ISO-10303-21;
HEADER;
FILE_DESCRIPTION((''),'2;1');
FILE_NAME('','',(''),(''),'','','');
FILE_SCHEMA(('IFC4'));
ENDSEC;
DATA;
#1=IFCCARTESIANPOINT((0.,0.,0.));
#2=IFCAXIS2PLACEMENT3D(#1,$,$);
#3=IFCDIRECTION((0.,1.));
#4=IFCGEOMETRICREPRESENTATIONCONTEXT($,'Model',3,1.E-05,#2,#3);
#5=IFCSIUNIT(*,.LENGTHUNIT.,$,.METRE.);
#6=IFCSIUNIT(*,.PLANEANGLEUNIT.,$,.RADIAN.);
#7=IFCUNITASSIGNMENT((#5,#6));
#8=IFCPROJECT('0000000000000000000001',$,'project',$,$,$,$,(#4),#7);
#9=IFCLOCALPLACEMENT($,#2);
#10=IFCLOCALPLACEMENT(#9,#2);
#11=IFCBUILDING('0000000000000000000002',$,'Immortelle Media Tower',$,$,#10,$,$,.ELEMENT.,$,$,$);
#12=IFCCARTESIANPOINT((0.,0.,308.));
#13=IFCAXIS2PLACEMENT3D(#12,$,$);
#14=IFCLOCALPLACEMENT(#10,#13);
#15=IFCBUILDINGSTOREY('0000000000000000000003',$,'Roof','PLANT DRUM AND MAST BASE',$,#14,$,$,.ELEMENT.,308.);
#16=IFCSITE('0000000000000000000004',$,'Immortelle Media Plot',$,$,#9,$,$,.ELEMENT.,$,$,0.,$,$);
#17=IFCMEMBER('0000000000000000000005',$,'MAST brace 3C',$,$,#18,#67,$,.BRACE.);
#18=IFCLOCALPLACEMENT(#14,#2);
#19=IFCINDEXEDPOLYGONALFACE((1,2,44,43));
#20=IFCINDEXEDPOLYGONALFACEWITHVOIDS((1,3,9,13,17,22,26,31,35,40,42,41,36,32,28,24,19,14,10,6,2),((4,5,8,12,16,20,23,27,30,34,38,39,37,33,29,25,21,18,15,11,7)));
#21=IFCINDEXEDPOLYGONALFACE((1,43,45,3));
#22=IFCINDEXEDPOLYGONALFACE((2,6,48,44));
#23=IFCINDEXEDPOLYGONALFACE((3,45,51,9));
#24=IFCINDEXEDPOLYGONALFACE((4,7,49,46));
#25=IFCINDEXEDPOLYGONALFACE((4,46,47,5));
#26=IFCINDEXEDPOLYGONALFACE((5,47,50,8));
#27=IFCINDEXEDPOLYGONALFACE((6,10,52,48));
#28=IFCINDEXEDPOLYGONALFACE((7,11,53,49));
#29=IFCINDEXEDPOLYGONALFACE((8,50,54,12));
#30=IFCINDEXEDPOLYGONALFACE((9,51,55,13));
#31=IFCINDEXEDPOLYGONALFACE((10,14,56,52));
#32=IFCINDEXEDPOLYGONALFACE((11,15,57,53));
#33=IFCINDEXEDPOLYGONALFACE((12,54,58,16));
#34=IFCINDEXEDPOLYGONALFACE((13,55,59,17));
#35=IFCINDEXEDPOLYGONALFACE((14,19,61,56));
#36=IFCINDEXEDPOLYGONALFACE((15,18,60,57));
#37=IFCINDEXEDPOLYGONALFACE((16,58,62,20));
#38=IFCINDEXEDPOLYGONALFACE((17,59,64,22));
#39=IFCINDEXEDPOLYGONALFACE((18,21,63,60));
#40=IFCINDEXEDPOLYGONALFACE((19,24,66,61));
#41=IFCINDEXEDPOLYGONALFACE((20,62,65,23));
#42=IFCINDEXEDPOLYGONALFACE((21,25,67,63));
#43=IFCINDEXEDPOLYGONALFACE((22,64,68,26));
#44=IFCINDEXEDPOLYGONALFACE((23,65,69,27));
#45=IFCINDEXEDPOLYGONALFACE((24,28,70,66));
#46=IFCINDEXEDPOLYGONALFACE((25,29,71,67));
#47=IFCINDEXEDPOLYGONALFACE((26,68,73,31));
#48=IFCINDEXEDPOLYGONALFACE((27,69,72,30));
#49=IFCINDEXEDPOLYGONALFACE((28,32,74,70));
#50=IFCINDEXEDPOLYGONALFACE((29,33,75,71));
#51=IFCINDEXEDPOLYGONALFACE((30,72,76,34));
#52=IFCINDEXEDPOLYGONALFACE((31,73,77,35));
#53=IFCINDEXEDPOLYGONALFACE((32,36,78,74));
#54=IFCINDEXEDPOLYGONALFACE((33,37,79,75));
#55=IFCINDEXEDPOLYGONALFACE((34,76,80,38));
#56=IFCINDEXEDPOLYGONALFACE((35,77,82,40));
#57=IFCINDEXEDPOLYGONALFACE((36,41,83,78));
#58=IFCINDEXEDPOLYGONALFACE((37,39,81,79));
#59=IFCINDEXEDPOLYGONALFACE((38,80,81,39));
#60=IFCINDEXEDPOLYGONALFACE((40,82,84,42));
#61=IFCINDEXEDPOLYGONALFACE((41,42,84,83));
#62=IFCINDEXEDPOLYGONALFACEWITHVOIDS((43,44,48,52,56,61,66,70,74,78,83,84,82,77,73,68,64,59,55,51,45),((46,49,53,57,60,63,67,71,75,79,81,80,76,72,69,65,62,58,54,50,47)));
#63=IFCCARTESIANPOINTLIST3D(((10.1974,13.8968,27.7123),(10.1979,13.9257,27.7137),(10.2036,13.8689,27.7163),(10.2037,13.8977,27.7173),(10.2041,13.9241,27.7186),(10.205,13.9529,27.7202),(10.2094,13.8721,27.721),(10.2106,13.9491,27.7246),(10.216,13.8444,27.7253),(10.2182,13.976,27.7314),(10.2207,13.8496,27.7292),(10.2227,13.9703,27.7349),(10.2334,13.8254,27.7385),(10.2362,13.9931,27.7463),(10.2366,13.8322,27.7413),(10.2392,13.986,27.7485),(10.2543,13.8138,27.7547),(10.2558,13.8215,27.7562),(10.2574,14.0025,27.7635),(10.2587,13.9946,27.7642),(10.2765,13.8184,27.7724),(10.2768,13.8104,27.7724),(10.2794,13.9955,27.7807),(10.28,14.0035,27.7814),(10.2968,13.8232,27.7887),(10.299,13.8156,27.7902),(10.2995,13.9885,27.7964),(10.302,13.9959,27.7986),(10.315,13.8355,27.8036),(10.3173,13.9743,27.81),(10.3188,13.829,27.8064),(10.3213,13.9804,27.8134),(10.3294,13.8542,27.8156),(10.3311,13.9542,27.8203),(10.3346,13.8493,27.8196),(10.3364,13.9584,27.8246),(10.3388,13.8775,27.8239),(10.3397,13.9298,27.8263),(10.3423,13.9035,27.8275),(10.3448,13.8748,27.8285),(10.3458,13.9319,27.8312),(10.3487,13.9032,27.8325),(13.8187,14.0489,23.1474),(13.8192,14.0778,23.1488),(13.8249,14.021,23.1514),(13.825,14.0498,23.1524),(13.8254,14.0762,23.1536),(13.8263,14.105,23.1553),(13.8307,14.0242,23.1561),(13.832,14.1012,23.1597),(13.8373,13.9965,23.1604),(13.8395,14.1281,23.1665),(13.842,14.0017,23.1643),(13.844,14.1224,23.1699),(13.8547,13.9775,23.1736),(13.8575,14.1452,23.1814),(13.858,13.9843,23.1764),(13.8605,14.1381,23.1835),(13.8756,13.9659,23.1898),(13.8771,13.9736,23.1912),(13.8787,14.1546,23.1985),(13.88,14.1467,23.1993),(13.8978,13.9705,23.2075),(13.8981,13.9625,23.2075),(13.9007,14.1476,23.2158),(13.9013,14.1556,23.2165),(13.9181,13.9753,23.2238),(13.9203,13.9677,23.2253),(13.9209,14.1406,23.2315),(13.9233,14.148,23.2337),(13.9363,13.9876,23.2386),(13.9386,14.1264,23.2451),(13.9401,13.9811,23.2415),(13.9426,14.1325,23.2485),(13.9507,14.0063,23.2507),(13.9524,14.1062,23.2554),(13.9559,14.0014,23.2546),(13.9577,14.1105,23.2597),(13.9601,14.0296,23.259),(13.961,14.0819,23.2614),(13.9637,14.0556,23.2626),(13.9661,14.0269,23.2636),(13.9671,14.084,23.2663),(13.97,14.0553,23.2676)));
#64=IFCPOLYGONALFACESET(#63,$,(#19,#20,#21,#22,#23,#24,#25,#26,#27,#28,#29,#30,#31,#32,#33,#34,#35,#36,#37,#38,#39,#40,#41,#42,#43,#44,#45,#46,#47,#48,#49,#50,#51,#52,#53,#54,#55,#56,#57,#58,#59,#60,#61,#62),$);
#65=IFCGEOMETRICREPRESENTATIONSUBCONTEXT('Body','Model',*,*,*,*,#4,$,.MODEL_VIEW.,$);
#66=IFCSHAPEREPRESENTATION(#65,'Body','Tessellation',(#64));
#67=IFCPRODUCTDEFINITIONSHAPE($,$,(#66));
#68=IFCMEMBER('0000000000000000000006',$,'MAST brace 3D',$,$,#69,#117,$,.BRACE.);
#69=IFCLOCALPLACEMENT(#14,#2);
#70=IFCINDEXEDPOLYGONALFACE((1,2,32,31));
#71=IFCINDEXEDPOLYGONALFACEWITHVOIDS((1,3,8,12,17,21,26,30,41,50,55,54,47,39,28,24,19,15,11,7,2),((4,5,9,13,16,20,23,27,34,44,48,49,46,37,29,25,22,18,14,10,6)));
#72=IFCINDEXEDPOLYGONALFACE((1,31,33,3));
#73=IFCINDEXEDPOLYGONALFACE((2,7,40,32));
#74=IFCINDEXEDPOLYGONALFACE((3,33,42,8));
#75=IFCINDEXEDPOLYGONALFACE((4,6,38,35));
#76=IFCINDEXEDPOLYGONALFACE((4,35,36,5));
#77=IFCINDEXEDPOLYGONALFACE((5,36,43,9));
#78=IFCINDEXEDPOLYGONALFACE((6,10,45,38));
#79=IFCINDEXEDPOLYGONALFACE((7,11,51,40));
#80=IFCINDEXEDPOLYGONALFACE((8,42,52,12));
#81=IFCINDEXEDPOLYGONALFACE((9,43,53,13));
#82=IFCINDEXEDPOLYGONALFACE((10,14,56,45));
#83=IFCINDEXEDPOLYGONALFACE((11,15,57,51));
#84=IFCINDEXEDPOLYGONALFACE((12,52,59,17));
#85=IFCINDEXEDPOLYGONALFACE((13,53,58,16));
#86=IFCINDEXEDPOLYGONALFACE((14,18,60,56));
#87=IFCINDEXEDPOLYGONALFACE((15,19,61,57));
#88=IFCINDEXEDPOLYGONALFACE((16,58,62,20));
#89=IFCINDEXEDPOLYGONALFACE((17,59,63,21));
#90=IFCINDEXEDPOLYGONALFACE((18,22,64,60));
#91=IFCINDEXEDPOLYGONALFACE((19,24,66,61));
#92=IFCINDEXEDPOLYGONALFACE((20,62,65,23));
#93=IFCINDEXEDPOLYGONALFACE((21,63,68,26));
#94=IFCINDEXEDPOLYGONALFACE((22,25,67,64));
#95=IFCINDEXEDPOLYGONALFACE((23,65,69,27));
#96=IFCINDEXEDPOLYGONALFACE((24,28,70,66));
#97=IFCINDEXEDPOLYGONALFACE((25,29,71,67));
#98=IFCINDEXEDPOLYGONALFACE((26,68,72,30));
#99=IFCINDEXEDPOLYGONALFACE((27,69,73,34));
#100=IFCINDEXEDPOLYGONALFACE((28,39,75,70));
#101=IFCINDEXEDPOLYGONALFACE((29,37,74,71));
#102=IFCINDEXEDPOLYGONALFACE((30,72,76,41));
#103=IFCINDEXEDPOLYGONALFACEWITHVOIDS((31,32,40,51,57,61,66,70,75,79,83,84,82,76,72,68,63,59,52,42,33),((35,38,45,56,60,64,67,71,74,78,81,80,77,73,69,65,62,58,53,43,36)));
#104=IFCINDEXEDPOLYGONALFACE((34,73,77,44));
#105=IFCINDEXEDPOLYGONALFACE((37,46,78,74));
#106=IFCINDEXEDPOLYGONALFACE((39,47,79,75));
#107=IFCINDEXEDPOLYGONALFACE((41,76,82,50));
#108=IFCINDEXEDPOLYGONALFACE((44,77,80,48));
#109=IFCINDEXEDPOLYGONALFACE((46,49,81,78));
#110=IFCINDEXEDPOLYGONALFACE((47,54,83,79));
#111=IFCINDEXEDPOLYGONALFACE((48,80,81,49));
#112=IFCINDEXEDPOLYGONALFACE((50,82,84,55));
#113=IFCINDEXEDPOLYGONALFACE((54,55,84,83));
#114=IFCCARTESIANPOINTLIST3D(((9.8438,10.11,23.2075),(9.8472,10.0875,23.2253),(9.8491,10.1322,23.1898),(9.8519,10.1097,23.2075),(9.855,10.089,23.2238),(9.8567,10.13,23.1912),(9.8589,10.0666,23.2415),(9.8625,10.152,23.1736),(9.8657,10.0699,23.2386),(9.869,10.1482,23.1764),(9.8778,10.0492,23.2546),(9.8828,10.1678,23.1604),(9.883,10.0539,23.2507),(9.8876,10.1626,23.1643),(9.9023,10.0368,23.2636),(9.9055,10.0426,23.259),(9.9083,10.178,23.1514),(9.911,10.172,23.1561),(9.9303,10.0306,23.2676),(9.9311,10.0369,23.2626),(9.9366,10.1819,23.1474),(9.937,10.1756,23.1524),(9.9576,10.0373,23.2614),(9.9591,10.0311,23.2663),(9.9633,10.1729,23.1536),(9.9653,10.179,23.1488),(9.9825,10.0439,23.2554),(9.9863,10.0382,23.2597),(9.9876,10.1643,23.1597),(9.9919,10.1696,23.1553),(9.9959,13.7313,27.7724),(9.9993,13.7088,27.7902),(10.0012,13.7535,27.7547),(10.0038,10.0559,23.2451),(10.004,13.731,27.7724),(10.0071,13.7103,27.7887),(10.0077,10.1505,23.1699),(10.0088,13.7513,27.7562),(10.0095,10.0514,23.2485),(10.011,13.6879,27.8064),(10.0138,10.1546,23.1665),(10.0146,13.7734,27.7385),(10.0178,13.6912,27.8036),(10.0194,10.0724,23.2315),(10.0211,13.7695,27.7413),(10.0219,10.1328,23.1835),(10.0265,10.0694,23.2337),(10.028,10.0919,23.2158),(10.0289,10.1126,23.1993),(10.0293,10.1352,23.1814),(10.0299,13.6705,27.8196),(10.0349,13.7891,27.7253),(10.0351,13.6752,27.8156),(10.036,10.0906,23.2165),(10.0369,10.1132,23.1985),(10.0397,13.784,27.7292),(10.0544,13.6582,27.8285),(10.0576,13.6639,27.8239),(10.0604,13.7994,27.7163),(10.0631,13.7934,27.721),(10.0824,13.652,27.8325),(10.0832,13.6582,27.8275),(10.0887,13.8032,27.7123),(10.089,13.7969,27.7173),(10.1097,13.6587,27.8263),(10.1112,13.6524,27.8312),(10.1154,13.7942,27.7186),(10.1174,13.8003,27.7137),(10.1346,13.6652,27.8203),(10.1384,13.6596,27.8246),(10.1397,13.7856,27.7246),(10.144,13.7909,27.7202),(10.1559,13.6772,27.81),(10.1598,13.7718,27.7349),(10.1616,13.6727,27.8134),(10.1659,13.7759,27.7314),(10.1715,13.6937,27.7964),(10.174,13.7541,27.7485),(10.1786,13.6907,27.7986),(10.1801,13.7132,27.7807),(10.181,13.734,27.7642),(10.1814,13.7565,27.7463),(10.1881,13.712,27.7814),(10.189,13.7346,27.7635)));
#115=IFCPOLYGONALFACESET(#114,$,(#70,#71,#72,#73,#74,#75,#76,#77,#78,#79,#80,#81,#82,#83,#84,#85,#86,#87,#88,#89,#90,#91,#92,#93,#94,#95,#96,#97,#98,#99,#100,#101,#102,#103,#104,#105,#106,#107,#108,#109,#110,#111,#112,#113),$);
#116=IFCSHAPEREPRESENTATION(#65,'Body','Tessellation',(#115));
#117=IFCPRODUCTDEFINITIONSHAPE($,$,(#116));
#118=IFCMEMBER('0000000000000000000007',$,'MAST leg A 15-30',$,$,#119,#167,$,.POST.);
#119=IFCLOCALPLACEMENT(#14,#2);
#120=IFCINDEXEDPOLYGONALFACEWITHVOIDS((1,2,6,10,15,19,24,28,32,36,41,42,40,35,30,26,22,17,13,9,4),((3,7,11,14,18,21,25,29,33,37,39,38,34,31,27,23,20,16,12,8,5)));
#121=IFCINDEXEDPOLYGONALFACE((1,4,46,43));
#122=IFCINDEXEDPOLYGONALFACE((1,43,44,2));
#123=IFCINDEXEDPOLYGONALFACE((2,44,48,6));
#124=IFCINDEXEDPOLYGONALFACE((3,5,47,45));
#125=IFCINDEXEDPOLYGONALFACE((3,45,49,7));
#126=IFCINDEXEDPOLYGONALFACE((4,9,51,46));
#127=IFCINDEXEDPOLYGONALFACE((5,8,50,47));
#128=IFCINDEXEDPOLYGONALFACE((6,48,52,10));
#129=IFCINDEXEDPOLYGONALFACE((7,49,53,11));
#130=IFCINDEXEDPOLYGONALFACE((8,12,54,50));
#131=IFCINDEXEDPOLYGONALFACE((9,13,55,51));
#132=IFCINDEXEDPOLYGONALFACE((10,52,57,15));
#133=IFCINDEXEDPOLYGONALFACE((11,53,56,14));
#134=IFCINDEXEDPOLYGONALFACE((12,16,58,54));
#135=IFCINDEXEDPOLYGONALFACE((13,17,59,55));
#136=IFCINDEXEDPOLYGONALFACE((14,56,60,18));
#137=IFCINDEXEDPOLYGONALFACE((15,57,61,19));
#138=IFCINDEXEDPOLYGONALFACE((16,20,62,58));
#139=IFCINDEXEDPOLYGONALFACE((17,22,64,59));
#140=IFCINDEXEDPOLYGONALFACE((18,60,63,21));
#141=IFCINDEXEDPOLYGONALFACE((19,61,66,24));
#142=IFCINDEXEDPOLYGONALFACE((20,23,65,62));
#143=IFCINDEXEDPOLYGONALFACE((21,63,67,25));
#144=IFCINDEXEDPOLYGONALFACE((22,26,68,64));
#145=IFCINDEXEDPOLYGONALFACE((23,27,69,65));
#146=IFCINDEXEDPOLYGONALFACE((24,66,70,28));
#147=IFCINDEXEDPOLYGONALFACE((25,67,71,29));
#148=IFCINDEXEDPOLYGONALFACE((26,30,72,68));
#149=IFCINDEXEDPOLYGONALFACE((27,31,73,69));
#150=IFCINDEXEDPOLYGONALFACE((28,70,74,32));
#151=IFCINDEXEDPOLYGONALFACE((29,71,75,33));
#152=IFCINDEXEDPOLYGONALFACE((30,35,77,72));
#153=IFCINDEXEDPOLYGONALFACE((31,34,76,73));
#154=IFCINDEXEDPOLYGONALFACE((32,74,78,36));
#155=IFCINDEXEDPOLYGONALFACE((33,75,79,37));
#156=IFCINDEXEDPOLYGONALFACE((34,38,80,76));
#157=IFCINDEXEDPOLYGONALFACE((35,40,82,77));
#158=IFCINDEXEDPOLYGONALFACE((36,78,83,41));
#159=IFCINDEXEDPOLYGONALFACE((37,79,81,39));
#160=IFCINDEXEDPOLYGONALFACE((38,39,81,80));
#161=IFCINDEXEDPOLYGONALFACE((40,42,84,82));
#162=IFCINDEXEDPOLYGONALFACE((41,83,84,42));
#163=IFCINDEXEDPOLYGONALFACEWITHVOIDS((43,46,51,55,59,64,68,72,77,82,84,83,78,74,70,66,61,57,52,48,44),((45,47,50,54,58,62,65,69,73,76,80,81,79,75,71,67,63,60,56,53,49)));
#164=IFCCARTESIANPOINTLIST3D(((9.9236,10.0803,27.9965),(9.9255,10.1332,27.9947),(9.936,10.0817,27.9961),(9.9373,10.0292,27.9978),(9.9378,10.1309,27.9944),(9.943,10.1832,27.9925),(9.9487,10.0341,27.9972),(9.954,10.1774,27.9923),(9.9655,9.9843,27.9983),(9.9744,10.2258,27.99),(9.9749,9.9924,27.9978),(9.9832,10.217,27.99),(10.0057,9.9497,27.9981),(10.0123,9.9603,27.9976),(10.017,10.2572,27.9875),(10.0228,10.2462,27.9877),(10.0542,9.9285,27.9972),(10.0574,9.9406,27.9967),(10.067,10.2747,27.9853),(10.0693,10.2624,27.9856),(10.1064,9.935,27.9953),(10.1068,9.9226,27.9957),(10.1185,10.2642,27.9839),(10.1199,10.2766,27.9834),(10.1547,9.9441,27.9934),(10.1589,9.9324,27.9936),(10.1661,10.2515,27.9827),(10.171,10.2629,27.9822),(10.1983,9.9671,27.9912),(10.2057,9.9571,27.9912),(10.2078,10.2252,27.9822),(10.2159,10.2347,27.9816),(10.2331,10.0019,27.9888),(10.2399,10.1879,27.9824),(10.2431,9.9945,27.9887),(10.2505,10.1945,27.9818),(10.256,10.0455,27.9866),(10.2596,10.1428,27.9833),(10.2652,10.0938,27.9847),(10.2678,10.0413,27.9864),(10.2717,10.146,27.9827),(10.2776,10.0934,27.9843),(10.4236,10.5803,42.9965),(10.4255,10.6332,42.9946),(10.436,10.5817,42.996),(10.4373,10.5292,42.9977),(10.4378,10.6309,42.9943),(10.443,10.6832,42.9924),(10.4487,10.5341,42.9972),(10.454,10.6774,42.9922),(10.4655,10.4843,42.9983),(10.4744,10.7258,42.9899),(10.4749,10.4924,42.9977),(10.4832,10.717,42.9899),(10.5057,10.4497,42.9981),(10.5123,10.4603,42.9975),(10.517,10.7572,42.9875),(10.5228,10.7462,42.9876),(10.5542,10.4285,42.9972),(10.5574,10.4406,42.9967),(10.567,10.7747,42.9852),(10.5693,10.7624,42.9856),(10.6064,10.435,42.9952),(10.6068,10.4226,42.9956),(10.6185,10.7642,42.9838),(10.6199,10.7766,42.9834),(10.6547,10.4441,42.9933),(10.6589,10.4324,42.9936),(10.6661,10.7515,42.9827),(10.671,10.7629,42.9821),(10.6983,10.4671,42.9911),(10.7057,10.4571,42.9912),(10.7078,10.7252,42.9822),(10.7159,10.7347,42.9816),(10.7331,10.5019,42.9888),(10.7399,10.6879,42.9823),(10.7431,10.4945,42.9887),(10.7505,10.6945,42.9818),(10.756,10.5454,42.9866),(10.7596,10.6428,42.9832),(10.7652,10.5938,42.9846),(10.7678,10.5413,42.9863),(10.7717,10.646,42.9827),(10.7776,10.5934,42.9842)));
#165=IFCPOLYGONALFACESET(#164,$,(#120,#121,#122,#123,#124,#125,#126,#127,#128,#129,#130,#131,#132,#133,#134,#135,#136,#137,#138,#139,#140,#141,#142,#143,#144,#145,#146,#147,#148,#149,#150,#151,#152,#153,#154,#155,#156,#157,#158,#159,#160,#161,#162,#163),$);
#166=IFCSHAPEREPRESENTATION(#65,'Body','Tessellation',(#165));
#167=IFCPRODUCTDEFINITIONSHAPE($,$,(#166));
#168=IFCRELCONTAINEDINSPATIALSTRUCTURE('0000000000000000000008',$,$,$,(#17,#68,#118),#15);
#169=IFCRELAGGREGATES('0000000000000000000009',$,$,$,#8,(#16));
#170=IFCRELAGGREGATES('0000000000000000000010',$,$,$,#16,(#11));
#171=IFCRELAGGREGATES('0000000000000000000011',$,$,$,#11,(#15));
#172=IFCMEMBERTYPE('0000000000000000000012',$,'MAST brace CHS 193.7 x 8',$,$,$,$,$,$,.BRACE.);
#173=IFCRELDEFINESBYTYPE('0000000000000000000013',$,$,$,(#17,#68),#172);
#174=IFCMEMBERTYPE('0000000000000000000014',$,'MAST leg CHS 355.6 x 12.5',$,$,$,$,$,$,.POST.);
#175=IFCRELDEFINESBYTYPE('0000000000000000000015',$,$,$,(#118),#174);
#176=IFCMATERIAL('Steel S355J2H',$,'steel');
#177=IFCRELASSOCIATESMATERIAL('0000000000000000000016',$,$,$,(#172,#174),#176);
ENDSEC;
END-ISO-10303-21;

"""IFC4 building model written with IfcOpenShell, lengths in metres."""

from ifc_helpers import new_model, si_unit, direction, frame, origin, origin_2d, place, context, subcontext, project, spatial, hollow_circle, extrude, material, material_profile, profile_set, type_object, element, save


model = new_model("IFC4")

# Units and contexts
model_context = context("Model", 3, precision=1e-05, world=origin(), true_north=direction((0.0, 1.0)))
body_context = subcontext(model_context, "Body", "Model", "MODEL_VIEW")
ifc_project = project(units=[si_unit("LENGTHUNIT", "METRE"), si_unit("PLANEANGLEUNIT", "RADIAN")], contexts=[model_context])

# Site, building, storey
site_placement = place(None, origin())
site = spatial("IfcSite", under=ifc_project, at=site_placement, Name="Immortelle Media Plot", CompositionType="ELEMENT", RefElevation=0.0)
building_placement = place(site_placement, origin())
building = spatial("IfcBuilding", under=site, at=building_placement, Name="Immortelle Media Tower", CompositionType="ELEMENT")
storey_placement = place(building_placement, frame((0.0, 0.0, 308.0)))
storey = spatial("IfcBuildingStorey", under=building, at=storey_placement, Name="Roof", Description="PLANT DRUM AND MAST BASE", CompositionType="ELEMENT", Elevation=308.0)

# Members
ifc_material_1 = material(Name="Steel S355J2H", Category="steel")
ifc_material_profile_1 = material_profile(ifc_material_1, hollow_circle(Radius=0.0969, WallThickness=0.0081, at=origin_2d()), Name="CHS 193.7 x 8")
ifc_profile_set_1 = profile_set([ifc_material_profile_1], Name="Steel S355J2H")
member_type_1 = type_object("IfcMemberType", Name="MAST brace CHS 193.7 x 8", PredefinedType="BRACE", material=ifc_profile_set_1)
for number, where, z_axis, x_axis, name in (
    (1, (13.894, 14.0593, 23.2075), (-0.621274, -0.026094, 0.783158), (0.041964, -0.999119, 0.0), "MAST brace 3C"),
    (2, (9.9407, 10.106, 23.2075), (0.026094, 0.621274, 0.783158), (-0.999119, 0.041964, 0.0), "MAST brace 3D"),
):
    element("IfcMember", number, at=place(storey_placement, frame(where, z_axis=z_axis, x_axis=x_axis)), inside=storey, type_object=member_type_1, Name=name, PredefinedType="BRACE", context=body_context, shape_type="SweptSolid", body=[
        extrude(hollow_circle(Radius=0.0969, WallThickness=0.0081, at=origin_2d()), origin(), (0.0, 0.0, 1.0), 5.8289),
    ])
ifc_material_profile_2 = material_profile(ifc_material_1, hollow_circle(Radius=0.1777, WallThickness=0.0125, at=origin_2d()), Name="CHS 355.6 x 12.5")
ifc_profile_set_2 = profile_set([ifc_material_profile_2], Name="Steel S355J2H")
member_type_2 = type_object("IfcMemberType", Name="MAST leg CHS 355.6 x 12.5", PredefinedType="POST", material=ifc_profile_set_2)
for number, where, z_axis, x_axis, name in (
    (3, (10.1001, 10.1001, 27.99), (0.033296, 0.033296, 0.998891), (-0.707107, 0.707107, 0.0), "MAST leg A 15-30"),
):
    element("IfcMember", number, at=place(storey_placement, frame(where, z_axis=z_axis, x_axis=x_axis)), inside=storey, type_object=member_type_2, Name=name, PredefinedType="POST", context=body_context, shape_type="SweptSolid", body=[
        extrude(hollow_circle(Radius=0.1777, WallThickness=0.0125, at=origin_2d()), origin(), (0.0, 0.0, 1.0), 15.0166),
    ])

save(model, "model.ifc")
